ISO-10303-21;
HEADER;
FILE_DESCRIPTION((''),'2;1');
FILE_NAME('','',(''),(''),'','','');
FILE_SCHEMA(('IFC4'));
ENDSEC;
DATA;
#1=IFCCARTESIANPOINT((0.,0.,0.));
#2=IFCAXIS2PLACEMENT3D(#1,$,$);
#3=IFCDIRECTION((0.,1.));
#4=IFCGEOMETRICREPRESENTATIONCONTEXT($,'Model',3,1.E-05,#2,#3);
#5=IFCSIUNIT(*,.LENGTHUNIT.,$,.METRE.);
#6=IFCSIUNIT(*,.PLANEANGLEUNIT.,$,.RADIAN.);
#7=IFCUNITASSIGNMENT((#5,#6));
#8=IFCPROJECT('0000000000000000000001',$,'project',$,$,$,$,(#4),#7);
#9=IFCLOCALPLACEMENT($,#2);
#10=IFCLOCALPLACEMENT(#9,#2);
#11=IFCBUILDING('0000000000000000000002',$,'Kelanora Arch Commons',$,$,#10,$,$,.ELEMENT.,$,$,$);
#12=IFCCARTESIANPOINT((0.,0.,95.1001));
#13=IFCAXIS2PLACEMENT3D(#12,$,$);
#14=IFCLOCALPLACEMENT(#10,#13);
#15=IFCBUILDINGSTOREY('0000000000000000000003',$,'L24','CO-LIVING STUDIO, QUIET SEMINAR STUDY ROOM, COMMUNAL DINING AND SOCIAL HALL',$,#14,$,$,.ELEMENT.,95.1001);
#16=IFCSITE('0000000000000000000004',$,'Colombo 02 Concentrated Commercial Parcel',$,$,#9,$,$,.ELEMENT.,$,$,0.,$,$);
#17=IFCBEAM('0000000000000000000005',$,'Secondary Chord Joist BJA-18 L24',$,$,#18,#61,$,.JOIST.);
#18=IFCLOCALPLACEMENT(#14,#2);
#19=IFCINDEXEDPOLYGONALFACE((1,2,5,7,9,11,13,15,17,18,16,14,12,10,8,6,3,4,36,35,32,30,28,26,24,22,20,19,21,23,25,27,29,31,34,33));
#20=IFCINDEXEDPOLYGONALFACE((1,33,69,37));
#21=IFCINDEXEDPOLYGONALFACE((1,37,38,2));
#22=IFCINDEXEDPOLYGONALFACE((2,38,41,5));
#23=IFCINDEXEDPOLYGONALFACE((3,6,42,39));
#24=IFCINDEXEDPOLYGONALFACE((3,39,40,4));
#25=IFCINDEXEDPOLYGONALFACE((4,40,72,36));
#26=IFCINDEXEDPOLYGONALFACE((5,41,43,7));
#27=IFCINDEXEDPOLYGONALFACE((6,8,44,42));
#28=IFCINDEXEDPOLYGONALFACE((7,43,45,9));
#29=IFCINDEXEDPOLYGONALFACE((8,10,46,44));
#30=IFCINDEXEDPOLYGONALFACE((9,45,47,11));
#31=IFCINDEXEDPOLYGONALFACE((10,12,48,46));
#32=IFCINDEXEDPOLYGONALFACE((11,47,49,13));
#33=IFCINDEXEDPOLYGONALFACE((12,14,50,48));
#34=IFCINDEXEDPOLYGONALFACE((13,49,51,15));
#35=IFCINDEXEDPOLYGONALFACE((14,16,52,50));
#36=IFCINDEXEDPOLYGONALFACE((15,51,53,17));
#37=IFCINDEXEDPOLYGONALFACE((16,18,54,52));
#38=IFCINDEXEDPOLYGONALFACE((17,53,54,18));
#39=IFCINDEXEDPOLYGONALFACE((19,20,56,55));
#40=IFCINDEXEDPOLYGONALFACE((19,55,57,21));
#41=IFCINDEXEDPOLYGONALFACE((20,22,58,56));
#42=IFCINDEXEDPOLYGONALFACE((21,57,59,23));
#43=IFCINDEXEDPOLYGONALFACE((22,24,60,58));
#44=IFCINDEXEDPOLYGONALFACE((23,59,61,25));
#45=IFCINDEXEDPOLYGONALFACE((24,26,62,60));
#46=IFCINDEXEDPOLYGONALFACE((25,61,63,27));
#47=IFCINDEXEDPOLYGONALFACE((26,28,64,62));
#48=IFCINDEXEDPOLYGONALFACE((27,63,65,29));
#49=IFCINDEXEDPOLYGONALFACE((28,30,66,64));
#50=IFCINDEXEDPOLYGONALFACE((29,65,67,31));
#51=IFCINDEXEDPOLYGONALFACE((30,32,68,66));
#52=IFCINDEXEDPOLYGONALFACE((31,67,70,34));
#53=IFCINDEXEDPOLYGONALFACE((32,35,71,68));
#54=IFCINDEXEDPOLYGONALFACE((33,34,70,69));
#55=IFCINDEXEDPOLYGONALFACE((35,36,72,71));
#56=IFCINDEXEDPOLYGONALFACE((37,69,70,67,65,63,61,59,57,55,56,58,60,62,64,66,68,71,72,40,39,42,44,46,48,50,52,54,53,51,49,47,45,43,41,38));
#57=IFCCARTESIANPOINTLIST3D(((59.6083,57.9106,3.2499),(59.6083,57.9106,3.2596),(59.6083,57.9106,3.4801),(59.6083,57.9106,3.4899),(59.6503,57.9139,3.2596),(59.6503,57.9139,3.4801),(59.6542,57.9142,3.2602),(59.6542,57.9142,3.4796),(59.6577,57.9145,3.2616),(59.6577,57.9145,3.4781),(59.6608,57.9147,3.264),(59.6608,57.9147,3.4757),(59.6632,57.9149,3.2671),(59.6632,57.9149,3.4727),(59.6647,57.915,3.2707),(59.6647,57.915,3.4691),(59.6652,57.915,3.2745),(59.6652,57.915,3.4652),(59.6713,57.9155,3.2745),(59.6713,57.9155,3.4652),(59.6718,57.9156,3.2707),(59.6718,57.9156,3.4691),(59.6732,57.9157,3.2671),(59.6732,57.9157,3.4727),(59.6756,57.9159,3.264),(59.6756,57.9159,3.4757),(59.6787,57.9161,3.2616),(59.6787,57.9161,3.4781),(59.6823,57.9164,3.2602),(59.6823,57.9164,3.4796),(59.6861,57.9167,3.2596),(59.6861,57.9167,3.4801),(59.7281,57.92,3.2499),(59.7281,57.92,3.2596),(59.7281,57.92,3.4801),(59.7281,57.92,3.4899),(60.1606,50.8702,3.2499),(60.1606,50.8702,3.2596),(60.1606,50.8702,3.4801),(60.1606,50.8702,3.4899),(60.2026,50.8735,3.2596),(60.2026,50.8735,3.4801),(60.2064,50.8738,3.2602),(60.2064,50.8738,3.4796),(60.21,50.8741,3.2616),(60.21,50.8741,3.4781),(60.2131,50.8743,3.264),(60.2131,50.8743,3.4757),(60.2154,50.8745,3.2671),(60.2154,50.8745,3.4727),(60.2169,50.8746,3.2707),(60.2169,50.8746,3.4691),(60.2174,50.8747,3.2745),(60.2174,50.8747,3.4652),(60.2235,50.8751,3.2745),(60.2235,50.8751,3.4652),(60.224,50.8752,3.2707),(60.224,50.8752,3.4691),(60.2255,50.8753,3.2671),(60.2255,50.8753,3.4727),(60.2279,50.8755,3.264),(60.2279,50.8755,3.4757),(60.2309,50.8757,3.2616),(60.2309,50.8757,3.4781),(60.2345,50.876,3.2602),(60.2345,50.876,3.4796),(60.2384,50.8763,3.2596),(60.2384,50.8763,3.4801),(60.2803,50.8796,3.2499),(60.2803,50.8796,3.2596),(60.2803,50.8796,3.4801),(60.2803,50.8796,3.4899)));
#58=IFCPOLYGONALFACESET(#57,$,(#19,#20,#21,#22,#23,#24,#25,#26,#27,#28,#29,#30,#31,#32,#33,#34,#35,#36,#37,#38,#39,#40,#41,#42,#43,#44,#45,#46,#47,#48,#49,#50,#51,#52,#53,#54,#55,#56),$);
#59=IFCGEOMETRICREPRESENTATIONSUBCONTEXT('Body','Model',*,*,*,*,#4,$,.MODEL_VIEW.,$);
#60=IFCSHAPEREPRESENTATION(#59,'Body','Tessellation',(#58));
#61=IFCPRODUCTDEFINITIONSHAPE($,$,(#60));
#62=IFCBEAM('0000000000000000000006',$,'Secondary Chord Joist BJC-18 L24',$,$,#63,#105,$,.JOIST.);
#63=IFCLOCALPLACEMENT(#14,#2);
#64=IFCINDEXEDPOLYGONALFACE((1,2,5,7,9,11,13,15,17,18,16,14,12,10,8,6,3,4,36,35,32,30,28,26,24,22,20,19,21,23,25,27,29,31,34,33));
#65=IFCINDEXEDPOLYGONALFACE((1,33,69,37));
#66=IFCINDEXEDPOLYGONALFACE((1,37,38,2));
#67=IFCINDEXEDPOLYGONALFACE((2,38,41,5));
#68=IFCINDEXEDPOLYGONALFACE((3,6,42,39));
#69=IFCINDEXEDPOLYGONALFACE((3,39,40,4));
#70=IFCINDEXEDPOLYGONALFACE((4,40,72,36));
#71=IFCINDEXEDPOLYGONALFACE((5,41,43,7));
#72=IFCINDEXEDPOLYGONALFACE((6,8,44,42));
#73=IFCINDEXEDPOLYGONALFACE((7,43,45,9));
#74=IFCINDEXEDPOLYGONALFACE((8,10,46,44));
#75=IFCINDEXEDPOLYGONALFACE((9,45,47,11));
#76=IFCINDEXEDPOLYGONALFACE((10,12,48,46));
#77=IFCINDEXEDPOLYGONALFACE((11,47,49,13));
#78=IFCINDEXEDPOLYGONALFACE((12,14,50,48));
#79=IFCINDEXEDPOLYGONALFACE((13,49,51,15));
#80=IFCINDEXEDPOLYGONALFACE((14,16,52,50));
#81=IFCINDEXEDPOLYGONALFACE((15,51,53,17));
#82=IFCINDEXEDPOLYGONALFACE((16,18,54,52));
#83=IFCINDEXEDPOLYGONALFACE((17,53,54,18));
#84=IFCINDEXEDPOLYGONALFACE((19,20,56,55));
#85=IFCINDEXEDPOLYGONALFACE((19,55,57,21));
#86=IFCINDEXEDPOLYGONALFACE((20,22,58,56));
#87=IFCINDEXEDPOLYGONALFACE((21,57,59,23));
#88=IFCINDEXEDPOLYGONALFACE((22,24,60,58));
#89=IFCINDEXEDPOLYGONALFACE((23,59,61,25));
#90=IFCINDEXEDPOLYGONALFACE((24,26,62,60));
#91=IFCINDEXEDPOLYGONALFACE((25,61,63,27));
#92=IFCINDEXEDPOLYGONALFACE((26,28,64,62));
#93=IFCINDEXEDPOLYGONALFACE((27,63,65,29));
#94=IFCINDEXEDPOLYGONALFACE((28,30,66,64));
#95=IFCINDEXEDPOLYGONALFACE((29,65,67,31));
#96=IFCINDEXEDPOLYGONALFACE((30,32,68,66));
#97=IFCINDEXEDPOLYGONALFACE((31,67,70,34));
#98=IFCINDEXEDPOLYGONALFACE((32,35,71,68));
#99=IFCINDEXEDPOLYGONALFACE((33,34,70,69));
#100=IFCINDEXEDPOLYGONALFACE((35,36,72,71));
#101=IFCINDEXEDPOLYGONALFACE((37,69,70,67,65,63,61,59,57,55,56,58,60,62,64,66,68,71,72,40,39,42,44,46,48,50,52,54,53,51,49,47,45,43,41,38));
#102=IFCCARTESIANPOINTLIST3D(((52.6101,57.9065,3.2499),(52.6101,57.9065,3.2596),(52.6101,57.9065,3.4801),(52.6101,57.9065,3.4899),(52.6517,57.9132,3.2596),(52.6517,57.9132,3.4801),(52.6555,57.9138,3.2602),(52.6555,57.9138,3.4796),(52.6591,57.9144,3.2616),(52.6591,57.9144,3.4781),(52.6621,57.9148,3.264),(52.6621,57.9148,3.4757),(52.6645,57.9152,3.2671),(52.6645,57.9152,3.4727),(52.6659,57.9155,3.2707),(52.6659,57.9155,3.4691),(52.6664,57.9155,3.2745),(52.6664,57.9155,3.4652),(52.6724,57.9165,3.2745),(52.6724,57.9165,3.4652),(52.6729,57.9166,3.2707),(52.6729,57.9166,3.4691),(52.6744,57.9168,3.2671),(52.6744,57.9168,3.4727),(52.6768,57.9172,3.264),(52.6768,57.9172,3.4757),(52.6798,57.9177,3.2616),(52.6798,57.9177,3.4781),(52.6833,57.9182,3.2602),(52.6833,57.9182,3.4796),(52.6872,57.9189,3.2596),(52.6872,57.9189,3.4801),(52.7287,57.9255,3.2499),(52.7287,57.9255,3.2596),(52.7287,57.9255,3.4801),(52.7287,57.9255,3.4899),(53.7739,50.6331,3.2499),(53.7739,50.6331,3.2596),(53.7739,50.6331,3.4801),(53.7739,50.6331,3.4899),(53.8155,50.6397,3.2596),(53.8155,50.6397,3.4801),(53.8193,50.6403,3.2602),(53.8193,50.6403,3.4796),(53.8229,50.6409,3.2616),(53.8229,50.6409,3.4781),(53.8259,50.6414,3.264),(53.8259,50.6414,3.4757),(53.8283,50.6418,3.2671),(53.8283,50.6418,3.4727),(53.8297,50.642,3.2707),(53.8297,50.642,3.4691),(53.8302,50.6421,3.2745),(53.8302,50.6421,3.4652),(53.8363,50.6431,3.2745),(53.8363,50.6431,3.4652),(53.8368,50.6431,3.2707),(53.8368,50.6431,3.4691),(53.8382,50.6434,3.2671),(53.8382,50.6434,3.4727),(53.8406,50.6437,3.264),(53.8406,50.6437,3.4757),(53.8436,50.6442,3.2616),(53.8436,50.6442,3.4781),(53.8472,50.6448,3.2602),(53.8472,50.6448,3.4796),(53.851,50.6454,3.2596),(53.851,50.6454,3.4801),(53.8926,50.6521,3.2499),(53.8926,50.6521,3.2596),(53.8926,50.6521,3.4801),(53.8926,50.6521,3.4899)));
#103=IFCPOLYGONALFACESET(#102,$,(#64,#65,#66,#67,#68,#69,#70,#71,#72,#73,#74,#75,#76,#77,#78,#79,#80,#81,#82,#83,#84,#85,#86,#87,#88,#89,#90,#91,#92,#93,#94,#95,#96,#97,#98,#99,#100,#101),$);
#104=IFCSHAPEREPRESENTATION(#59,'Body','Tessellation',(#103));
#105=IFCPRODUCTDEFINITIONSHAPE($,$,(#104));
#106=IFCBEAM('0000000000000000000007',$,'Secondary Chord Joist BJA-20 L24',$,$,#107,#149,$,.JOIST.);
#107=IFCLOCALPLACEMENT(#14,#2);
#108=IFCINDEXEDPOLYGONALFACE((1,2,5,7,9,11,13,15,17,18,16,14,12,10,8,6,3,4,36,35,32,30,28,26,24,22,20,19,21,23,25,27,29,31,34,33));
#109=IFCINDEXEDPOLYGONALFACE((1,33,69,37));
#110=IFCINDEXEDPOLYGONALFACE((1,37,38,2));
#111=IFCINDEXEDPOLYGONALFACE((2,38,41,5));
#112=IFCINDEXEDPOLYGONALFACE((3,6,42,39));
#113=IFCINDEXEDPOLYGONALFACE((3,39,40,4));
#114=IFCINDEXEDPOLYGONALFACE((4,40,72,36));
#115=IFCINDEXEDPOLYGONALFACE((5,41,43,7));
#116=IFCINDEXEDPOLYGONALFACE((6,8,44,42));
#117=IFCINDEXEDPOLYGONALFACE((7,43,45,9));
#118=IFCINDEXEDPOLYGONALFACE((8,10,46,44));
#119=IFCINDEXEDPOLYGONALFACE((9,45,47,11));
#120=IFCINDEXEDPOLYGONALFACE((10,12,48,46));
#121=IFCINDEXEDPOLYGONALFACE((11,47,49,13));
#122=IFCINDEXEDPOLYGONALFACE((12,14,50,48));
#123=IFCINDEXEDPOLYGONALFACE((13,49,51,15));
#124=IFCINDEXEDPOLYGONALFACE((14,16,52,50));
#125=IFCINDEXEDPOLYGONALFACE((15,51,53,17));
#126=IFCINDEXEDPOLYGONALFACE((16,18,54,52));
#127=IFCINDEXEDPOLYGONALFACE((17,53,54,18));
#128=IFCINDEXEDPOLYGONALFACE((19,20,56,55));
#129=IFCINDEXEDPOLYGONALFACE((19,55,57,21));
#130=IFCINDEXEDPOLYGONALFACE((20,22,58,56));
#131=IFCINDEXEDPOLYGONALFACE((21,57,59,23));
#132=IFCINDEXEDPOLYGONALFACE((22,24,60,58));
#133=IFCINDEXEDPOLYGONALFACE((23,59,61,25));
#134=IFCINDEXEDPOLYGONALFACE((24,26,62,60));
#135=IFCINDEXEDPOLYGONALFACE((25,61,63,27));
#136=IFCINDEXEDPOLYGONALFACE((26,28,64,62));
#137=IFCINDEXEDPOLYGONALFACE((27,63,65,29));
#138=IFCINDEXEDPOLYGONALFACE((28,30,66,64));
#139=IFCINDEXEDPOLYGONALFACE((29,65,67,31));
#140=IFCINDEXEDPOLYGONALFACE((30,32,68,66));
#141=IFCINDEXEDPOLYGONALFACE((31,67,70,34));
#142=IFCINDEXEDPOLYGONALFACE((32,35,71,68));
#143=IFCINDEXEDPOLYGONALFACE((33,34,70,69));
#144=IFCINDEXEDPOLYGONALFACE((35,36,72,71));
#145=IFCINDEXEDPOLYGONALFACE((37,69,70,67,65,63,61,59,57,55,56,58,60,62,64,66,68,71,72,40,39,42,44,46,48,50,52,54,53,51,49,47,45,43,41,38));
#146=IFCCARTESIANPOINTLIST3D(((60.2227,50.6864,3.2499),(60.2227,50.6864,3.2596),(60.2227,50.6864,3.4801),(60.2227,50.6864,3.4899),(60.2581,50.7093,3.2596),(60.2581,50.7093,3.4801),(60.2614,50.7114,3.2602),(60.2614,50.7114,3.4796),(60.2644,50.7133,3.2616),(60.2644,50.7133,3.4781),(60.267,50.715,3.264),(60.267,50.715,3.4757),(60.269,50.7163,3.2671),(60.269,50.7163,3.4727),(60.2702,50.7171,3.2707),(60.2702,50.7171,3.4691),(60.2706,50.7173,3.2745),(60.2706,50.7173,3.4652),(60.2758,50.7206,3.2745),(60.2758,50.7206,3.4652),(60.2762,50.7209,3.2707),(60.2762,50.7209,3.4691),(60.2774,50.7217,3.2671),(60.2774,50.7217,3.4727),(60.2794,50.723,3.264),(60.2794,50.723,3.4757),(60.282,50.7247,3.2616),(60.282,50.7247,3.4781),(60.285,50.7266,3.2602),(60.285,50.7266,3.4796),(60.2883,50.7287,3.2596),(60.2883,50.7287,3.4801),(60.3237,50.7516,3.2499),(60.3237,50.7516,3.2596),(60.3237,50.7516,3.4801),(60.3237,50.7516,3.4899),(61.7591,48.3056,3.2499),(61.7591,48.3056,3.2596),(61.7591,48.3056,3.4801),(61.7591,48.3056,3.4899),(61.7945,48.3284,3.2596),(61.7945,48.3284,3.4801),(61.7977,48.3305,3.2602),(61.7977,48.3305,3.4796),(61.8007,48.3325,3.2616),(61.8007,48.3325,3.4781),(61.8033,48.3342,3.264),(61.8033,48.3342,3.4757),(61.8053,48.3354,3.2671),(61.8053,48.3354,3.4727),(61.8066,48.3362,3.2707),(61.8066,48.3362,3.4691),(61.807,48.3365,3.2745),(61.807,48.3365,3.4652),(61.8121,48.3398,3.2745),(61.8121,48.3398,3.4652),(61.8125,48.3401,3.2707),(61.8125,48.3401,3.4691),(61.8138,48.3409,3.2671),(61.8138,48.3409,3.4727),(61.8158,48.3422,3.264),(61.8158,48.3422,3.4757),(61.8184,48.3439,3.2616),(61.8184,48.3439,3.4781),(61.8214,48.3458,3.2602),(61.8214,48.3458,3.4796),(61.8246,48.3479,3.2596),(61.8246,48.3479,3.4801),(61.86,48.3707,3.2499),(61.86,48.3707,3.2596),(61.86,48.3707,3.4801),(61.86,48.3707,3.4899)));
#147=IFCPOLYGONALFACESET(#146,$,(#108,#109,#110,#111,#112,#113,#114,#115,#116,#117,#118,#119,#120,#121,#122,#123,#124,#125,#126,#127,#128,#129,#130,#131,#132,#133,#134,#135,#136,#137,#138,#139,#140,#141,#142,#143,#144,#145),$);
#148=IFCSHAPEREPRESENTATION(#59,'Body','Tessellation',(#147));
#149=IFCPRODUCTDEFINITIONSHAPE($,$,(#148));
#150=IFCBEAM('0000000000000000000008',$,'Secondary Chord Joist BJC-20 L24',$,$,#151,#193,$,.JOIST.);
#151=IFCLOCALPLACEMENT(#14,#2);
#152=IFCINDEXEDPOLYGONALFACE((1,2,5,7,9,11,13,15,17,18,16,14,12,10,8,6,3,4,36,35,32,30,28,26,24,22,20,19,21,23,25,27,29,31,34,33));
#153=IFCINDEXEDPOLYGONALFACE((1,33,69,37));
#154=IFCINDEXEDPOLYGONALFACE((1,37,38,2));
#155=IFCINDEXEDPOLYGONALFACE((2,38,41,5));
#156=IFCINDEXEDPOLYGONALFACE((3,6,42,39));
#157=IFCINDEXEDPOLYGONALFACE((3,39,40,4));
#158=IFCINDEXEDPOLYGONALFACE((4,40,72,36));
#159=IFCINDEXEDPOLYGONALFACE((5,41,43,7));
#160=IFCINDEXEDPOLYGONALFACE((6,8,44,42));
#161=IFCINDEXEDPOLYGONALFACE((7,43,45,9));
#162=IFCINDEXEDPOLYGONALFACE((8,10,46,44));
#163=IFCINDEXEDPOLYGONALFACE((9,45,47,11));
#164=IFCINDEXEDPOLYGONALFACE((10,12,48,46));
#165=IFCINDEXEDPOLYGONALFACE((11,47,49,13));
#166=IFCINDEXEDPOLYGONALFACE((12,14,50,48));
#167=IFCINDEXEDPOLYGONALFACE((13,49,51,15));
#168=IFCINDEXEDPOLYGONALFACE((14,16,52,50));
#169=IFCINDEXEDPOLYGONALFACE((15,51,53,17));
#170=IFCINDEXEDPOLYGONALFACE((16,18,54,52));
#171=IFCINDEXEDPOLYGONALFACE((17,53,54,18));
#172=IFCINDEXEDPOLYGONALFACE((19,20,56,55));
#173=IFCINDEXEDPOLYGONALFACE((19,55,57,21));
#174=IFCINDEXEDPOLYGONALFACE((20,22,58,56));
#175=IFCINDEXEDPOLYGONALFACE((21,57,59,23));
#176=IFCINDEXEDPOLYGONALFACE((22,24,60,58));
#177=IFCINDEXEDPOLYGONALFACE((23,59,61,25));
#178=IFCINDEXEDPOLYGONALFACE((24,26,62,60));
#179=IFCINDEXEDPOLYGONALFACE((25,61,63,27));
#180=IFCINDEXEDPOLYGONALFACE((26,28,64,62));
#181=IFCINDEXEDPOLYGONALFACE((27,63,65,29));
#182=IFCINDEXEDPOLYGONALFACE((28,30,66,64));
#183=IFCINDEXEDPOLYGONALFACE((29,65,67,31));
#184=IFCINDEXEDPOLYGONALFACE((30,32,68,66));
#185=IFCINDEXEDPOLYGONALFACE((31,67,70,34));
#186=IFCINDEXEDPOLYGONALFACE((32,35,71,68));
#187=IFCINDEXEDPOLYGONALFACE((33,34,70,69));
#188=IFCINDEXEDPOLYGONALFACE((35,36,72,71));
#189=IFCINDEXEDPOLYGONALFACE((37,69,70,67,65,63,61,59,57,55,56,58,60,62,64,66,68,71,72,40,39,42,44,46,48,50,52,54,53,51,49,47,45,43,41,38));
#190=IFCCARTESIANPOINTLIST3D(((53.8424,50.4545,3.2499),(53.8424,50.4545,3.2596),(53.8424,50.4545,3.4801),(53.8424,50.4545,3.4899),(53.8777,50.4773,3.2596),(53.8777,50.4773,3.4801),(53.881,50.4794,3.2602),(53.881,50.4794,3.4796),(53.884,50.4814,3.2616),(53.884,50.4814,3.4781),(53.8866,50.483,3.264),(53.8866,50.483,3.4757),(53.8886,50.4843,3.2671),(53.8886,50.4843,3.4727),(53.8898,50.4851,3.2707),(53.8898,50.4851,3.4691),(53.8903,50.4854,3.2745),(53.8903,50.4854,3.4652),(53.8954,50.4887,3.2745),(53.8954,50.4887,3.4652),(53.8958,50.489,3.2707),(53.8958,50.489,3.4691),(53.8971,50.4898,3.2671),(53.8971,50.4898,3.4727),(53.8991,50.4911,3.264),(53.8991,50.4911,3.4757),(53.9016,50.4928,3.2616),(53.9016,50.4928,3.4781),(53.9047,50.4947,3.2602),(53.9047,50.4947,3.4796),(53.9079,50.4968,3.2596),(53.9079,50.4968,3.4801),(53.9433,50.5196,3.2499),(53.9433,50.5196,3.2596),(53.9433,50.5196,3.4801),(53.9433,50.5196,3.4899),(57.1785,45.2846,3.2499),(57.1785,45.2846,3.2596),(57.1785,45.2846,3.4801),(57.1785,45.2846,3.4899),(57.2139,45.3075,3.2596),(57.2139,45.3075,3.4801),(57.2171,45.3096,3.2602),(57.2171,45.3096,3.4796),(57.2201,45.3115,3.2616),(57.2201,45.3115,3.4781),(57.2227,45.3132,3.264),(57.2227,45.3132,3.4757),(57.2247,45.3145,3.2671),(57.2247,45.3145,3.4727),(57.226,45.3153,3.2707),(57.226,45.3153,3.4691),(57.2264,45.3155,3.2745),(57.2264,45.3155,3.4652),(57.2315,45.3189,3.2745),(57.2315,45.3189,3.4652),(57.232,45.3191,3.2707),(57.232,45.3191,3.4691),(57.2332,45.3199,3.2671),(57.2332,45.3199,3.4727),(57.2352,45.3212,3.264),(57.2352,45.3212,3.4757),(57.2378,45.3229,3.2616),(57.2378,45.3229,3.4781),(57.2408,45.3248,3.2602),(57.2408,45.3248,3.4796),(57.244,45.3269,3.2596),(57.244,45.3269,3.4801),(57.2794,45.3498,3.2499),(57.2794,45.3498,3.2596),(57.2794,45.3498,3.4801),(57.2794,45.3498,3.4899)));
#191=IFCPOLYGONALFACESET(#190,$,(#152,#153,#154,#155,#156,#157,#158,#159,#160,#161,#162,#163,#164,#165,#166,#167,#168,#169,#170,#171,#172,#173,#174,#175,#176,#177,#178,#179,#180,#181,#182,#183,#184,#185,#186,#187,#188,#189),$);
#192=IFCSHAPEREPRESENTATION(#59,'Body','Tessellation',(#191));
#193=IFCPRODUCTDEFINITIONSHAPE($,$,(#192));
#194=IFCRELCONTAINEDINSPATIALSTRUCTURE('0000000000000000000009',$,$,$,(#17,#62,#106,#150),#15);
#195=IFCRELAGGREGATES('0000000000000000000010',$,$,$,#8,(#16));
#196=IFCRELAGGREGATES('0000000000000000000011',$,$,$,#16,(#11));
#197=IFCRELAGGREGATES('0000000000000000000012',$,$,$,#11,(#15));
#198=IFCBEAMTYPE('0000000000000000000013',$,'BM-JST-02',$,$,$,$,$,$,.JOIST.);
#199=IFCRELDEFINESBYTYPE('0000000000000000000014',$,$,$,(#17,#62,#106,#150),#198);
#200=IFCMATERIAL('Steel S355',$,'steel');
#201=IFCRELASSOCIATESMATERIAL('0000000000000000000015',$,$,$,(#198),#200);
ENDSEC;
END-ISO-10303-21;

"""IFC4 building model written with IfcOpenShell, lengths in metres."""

from ifc_helpers import new_model, si_unit, direction, frame, origin, origin_2d, place, context, subcontext, project, spatial, i_section, extrude, material, material_profile, profile_set, type_object, element, save


model = new_model("IFC4")

# Units and contexts
model_context = context("Model", 3, precision=1e-05, world=origin(), true_north=direction((0.0, 1.0)))
body_context = subcontext(model_context, "Body", "Model", "MODEL_VIEW")
ifc_project = project(units=[si_unit("LENGTHUNIT", "METRE"), si_unit("PLANEANGLEUNIT", "RADIAN")], contexts=[model_context])

# Site, building, storey
site_placement = place(None, origin())
site = spatial("IfcSite", under=ifc_project, at=site_placement, Name="Colombo 02 Concentrated Commercial Parcel", CompositionType="ELEMENT", RefElevation=0.0)
building_placement = place(site_placement, origin())
building = spatial("IfcBuilding", under=site, at=building_placement, Name="Kelanora Arch Commons", CompositionType="ELEMENT")
storey_placement = place(building_placement, frame((0.0, 0.0, 95.1001)))
storey = spatial("IfcBuildingStorey", under=building, at=storey_placement, Name="L24", Description="CO-LIVING STUDIO, QUIET SEMINAR STUDY ROOM, COMMUNAL DINING AND SOCIAL HALL", CompositionType="ELEMENT", Elevation=95.1001)

# Beams
ifc_material_1 = material(Name="Steel S355", Category="steel")
ifc_material_profile_1 = material_profile(ifc_material_1, i_section(OverallWidth=0.1201, OverallDepth=0.24, WebThickness=0.0061, FlangeThickness=0.0098, FilletRadius=0.0149, at=origin_2d()), Name="IPE240")
ifc_profile_set_1 = profile_set([ifc_material_profile_1], Name="Steel S355")
beam_type_1 = type_object("IfcBeamType", Name="BM-JST-02", PredefinedType="JOIST", material=ifc_profile_set_1)
beam_1_placement = place(storey_placement, frame((59.6682, 57.9153, 3.3699), z_axis=(0.078201, -0.996938, 0.0), x_axis=(0.996938, 0.078201, 0.0)))
element("IfcBeam", 1, at=beam_1_placement, inside=storey, type_object=beam_type_1, Name="Secondary Chord Joist BJA-18 L24", PredefinedType="JOIST", context=body_context, shape_type="SweptSolid", body=[
    extrude(i_section(OverallWidth=0.1201, OverallDepth=0.24, WebThickness=0.0061, FlangeThickness=0.0098, FilletRadius=0.0149, at=origin_2d()), origin(), (0.0, 0.0, 1.0), 7.062),
])
beam_2_placement = place(storey_placement, frame((52.6694, 57.916, 3.3699), z_axis=(0.158, -0.987439, 0.0), x_axis=(0.987439, 0.158, 0.0)))
element("IfcBeam", 2, at=beam_2_placement, inside=storey, type_object=beam_type_1, Name="Secondary Chord Joist BJC-18 L24", PredefinedType="JOIST", context=body_context, shape_type="SweptSolid", body=[
    extrude(i_section(OverallWidth=0.1201, OverallDepth=0.24, WebThickness=0.0061, FlangeThickness=0.0098, FilletRadius=0.0149, at=origin_2d()), origin(), (0.0, 0.0, 1.0), 7.366),
])
beam_3_placement = place(storey_placement, frame((60.2732, 50.719, 3.3699), z_axis=(0.542211, -0.840242, 0.0), x_axis=(0.840242, 0.542211, 0.0)))
element("IfcBeam", 3, at=beam_3_placement, inside=storey, type_object=beam_type_1, Name="Secondary Chord Joist BJA-20 L24", PredefinedType="JOIST", context=body_context, shape_type="SweptSolid", body=[
    extrude(i_section(OverallWidth=0.1201, OverallDepth=0.24, WebThickness=0.0061, FlangeThickness=0.0098, FilletRadius=0.0149, at=origin_2d()), origin(), (0.0, 0.0, 1.0), 2.8335),
])
beam_4_placement = place(storey_placement, frame((53.8928, 50.4871, 3.3699), z_axis=(0.542213, -0.840241, 0.0), x_axis=(0.840241, 0.542213, 0.0)))
element("IfcBeam", 4, at=beam_4_placement, inside=storey, type_object=beam_type_1, Name="Secondary Chord Joist BJC-20 L24", PredefinedType="JOIST", context=body_context, shape_type="SweptSolid", body=[
    extrude(i_section(OverallWidth=0.1201, OverallDepth=0.24, WebThickness=0.0061, FlangeThickness=0.0098, FilletRadius=0.0149, at=origin_2d()), origin(), (0.0, 0.0, 1.0), 6.1528),
])

save(model, "model.ifc")
